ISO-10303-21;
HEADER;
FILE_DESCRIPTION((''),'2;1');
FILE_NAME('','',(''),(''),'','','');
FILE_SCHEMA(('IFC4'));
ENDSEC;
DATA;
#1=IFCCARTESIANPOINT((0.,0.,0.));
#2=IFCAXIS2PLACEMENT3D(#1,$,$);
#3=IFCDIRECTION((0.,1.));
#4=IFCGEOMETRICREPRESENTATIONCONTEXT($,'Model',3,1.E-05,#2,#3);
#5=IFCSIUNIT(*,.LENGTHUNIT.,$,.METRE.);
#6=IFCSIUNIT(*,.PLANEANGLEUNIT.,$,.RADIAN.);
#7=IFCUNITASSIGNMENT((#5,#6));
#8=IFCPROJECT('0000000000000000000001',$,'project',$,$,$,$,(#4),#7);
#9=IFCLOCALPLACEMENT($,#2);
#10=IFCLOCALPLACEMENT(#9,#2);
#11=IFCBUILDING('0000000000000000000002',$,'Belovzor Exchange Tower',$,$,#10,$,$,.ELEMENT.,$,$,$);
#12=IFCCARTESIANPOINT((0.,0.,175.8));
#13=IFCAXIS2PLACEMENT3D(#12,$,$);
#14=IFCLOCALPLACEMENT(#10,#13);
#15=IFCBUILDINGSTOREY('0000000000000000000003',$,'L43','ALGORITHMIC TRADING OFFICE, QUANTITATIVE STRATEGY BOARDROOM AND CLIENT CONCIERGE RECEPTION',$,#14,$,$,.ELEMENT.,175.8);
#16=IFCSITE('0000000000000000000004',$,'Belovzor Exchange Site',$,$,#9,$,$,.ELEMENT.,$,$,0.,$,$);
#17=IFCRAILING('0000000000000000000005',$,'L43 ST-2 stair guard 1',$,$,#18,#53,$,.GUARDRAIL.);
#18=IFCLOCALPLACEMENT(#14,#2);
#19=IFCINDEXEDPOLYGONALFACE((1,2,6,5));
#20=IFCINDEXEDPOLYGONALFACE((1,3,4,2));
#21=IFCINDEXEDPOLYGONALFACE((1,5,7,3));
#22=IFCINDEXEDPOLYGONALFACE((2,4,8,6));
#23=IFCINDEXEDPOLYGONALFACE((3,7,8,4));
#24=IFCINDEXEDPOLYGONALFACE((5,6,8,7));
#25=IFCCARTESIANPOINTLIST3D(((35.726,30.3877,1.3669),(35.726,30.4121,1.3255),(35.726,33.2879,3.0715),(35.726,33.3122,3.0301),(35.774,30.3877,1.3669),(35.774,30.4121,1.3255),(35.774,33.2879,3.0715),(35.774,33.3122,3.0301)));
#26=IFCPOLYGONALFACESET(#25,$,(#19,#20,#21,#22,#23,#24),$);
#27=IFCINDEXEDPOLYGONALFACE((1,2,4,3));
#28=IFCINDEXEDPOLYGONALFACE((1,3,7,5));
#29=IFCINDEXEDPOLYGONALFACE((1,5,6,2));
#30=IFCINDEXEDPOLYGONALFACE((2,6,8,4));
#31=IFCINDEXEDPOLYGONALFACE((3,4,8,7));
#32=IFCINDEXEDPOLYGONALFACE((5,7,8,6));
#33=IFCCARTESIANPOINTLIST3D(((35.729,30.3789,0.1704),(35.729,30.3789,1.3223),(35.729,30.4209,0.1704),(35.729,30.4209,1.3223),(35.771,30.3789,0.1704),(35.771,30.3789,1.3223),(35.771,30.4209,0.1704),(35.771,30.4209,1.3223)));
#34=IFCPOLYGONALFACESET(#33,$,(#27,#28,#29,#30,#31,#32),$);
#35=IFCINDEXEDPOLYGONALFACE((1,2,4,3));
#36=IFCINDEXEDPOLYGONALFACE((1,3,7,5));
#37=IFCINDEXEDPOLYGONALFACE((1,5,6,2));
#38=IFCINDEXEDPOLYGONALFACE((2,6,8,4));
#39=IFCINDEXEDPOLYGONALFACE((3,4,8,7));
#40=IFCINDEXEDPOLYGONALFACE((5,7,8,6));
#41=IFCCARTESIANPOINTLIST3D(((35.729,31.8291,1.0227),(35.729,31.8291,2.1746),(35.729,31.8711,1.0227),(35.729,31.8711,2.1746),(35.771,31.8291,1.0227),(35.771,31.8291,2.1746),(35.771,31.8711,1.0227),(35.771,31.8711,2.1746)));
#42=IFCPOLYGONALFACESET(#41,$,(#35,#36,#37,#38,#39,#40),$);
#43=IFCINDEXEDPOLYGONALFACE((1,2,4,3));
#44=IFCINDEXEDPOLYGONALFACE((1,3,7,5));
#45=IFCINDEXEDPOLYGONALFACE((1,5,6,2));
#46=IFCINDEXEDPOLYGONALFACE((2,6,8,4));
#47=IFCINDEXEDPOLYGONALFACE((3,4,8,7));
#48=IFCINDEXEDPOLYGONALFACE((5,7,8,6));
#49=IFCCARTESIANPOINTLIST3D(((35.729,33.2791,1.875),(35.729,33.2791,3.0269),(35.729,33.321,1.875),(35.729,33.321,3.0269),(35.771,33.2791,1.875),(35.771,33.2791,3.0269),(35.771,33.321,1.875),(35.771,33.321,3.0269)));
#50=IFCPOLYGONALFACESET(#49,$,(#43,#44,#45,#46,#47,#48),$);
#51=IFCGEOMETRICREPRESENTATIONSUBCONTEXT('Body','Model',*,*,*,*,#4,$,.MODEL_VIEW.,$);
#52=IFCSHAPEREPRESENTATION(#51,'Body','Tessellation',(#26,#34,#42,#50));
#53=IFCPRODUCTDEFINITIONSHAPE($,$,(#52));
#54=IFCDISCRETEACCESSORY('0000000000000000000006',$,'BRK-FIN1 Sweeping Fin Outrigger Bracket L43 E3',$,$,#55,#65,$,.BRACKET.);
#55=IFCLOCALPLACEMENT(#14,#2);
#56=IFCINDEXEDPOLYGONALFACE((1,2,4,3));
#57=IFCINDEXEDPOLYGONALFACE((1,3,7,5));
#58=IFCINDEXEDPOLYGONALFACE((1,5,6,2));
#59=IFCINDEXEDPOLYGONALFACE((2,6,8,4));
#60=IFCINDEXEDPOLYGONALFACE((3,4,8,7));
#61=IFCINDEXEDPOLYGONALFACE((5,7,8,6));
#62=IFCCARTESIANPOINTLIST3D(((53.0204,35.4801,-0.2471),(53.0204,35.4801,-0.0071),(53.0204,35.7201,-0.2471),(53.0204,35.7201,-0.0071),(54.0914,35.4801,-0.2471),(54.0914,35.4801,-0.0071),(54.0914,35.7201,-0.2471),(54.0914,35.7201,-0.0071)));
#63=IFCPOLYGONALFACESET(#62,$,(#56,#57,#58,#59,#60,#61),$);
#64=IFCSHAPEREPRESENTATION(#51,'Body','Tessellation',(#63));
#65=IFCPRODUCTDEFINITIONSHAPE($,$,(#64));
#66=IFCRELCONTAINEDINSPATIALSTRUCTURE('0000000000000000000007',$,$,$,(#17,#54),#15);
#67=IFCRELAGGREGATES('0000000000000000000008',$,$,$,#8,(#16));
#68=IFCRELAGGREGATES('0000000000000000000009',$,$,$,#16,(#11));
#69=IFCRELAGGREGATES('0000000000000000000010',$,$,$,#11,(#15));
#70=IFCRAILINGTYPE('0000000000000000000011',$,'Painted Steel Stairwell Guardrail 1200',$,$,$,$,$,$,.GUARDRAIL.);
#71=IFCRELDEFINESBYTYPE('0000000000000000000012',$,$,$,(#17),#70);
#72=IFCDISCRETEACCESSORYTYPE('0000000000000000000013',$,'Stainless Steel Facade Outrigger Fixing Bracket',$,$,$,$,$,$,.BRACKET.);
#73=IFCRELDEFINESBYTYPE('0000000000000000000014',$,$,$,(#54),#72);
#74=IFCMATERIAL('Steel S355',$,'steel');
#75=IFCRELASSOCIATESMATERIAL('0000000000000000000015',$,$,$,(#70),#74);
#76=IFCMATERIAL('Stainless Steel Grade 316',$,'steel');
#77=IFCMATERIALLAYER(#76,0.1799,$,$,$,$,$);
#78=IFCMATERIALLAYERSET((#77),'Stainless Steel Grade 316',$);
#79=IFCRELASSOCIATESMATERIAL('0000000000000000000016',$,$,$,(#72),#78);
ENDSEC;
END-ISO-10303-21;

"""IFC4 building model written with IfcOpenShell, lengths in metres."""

from ifc_helpers import new_model, si_unit, direction, frame, origin, origin_2d, place, context, subcontext, project, spatial, rectangle, extrude, material, layer, layer_set, type_object, element, save


model = new_model("IFC4")

# Units and contexts
model_context = context("Model", 3, precision=1e-05, world=origin(), true_north=direction((0.0, 1.0)))
body_context = subcontext(model_context, "Body", "Model", "MODEL_VIEW")
ifc_project = project(units=[si_unit("LENGTHUNIT", "METRE"), si_unit("PLANEANGLEUNIT", "RADIAN")], contexts=[model_context])

# Site, building, storey
site_placement = place(None, origin())
site = spatial("IfcSite", under=ifc_project, at=site_placement, Name="Belovzor Exchange Site", CompositionType="ELEMENT", RefElevation=0.0)
building_placement = place(site_placement, origin())
building = spatial("IfcBuilding", under=site, at=building_placement, Name="Belovzor Exchange Tower", CompositionType="ELEMENT")
storey_placement = place(building_placement, frame((0.0, 0.0, 175.8)))
storey = spatial("IfcBuildingStorey", under=building, at=storey_placement, Name="L43", Description="ALGORITHMIC TRADING OFFICE, QUANTITATIVE STRATEGY BOARDROOM AND CLIENT CONCIERGE RECEPTION", CompositionType="ELEMENT", Elevation=175.8)

# Railing
ifc_material_1 = material(Name="Steel S355", Category="steel")
railing_type_1 = type_object("IfcRailingType", Name="Painted Steel Stairwell Guardrail 1200", PredefinedType="GUARDRAIL", material=ifc_material_1)
railing_1_placement = place(storey_placement, frame((35.75, 30.3999, 0.1704)))
element("IfcRailing", 1, at=railing_1_placement, inside=storey, type_object=railing_type_1, Name="L43 ST-2 stair guard 1", PredefinedType="GUARDRAIL", context=body_context, shape_type="SweptSolid", body=[
    extrude(rectangle(XDim=0.0481, YDim=0.0481, at=origin_2d()), frame((0.0, 0.0, 1.1758), z_axis=(0.0, 0.862113, 0.506716), x_axis=(-1.0, 0.0, 0.0)), (0.0, 0.0, 1.0), 3.364),
    extrude(rectangle(XDim=0.042, YDim=0.042, at=origin_2d()), origin(), (0.0, 0.0, 1.0), 1.1519),
    extrude(rectangle(XDim=0.042, YDim=0.042, at=origin_2d()), frame((0.0, 1.4502, 0.8523)), (0.0, 0.0, 1.0), 1.1519),
    extrude(rectangle(XDim=0.042, YDim=0.042, at=origin_2d()), frame((0.0, 2.9001, 1.7046)), (0.0, 0.0, 1.0), 1.1519),
])

# Discrete accessory
ifc_material_2 = material(Name="Stainless Steel Grade 316", Category="steel")
ifc_layer_1 = layer(ifc_material_2, 0.1799)
ifc_layer_set_1 = layer_set([ifc_layer_1], Name="Stainless Steel Grade 316")
discrete_accessory_type = type_object("IfcDiscreteAccessoryType", Name="Stainless Steel Facade Outrigger Fixing Bracket", PredefinedType="BRACKET", material=ifc_layer_set_1)
discrete_accessory_placement = place(storey_placement, frame((53.5559, 35.6001, -0.2471), z_axis=(0.0, 0.0, 1.0), x_axis=(1.0, 0.0, 0.0)))
element("IfcDiscreteAccessory", 2, at=discrete_accessory_placement, inside=storey, type_object=discrete_accessory_type, Name="BRK-FIN1 Sweeping Fin Outrigger Bracket L43 E3", PredefinedType="BRACKET", context=body_context, shape_type="SweptSolid", body=[
    extrude(rectangle(XDim=1.071, YDim=0.24, at=origin_2d()), origin(), (0.0, 0.0, 1.0), 0.24),
])

save(model, "model.ifc")
